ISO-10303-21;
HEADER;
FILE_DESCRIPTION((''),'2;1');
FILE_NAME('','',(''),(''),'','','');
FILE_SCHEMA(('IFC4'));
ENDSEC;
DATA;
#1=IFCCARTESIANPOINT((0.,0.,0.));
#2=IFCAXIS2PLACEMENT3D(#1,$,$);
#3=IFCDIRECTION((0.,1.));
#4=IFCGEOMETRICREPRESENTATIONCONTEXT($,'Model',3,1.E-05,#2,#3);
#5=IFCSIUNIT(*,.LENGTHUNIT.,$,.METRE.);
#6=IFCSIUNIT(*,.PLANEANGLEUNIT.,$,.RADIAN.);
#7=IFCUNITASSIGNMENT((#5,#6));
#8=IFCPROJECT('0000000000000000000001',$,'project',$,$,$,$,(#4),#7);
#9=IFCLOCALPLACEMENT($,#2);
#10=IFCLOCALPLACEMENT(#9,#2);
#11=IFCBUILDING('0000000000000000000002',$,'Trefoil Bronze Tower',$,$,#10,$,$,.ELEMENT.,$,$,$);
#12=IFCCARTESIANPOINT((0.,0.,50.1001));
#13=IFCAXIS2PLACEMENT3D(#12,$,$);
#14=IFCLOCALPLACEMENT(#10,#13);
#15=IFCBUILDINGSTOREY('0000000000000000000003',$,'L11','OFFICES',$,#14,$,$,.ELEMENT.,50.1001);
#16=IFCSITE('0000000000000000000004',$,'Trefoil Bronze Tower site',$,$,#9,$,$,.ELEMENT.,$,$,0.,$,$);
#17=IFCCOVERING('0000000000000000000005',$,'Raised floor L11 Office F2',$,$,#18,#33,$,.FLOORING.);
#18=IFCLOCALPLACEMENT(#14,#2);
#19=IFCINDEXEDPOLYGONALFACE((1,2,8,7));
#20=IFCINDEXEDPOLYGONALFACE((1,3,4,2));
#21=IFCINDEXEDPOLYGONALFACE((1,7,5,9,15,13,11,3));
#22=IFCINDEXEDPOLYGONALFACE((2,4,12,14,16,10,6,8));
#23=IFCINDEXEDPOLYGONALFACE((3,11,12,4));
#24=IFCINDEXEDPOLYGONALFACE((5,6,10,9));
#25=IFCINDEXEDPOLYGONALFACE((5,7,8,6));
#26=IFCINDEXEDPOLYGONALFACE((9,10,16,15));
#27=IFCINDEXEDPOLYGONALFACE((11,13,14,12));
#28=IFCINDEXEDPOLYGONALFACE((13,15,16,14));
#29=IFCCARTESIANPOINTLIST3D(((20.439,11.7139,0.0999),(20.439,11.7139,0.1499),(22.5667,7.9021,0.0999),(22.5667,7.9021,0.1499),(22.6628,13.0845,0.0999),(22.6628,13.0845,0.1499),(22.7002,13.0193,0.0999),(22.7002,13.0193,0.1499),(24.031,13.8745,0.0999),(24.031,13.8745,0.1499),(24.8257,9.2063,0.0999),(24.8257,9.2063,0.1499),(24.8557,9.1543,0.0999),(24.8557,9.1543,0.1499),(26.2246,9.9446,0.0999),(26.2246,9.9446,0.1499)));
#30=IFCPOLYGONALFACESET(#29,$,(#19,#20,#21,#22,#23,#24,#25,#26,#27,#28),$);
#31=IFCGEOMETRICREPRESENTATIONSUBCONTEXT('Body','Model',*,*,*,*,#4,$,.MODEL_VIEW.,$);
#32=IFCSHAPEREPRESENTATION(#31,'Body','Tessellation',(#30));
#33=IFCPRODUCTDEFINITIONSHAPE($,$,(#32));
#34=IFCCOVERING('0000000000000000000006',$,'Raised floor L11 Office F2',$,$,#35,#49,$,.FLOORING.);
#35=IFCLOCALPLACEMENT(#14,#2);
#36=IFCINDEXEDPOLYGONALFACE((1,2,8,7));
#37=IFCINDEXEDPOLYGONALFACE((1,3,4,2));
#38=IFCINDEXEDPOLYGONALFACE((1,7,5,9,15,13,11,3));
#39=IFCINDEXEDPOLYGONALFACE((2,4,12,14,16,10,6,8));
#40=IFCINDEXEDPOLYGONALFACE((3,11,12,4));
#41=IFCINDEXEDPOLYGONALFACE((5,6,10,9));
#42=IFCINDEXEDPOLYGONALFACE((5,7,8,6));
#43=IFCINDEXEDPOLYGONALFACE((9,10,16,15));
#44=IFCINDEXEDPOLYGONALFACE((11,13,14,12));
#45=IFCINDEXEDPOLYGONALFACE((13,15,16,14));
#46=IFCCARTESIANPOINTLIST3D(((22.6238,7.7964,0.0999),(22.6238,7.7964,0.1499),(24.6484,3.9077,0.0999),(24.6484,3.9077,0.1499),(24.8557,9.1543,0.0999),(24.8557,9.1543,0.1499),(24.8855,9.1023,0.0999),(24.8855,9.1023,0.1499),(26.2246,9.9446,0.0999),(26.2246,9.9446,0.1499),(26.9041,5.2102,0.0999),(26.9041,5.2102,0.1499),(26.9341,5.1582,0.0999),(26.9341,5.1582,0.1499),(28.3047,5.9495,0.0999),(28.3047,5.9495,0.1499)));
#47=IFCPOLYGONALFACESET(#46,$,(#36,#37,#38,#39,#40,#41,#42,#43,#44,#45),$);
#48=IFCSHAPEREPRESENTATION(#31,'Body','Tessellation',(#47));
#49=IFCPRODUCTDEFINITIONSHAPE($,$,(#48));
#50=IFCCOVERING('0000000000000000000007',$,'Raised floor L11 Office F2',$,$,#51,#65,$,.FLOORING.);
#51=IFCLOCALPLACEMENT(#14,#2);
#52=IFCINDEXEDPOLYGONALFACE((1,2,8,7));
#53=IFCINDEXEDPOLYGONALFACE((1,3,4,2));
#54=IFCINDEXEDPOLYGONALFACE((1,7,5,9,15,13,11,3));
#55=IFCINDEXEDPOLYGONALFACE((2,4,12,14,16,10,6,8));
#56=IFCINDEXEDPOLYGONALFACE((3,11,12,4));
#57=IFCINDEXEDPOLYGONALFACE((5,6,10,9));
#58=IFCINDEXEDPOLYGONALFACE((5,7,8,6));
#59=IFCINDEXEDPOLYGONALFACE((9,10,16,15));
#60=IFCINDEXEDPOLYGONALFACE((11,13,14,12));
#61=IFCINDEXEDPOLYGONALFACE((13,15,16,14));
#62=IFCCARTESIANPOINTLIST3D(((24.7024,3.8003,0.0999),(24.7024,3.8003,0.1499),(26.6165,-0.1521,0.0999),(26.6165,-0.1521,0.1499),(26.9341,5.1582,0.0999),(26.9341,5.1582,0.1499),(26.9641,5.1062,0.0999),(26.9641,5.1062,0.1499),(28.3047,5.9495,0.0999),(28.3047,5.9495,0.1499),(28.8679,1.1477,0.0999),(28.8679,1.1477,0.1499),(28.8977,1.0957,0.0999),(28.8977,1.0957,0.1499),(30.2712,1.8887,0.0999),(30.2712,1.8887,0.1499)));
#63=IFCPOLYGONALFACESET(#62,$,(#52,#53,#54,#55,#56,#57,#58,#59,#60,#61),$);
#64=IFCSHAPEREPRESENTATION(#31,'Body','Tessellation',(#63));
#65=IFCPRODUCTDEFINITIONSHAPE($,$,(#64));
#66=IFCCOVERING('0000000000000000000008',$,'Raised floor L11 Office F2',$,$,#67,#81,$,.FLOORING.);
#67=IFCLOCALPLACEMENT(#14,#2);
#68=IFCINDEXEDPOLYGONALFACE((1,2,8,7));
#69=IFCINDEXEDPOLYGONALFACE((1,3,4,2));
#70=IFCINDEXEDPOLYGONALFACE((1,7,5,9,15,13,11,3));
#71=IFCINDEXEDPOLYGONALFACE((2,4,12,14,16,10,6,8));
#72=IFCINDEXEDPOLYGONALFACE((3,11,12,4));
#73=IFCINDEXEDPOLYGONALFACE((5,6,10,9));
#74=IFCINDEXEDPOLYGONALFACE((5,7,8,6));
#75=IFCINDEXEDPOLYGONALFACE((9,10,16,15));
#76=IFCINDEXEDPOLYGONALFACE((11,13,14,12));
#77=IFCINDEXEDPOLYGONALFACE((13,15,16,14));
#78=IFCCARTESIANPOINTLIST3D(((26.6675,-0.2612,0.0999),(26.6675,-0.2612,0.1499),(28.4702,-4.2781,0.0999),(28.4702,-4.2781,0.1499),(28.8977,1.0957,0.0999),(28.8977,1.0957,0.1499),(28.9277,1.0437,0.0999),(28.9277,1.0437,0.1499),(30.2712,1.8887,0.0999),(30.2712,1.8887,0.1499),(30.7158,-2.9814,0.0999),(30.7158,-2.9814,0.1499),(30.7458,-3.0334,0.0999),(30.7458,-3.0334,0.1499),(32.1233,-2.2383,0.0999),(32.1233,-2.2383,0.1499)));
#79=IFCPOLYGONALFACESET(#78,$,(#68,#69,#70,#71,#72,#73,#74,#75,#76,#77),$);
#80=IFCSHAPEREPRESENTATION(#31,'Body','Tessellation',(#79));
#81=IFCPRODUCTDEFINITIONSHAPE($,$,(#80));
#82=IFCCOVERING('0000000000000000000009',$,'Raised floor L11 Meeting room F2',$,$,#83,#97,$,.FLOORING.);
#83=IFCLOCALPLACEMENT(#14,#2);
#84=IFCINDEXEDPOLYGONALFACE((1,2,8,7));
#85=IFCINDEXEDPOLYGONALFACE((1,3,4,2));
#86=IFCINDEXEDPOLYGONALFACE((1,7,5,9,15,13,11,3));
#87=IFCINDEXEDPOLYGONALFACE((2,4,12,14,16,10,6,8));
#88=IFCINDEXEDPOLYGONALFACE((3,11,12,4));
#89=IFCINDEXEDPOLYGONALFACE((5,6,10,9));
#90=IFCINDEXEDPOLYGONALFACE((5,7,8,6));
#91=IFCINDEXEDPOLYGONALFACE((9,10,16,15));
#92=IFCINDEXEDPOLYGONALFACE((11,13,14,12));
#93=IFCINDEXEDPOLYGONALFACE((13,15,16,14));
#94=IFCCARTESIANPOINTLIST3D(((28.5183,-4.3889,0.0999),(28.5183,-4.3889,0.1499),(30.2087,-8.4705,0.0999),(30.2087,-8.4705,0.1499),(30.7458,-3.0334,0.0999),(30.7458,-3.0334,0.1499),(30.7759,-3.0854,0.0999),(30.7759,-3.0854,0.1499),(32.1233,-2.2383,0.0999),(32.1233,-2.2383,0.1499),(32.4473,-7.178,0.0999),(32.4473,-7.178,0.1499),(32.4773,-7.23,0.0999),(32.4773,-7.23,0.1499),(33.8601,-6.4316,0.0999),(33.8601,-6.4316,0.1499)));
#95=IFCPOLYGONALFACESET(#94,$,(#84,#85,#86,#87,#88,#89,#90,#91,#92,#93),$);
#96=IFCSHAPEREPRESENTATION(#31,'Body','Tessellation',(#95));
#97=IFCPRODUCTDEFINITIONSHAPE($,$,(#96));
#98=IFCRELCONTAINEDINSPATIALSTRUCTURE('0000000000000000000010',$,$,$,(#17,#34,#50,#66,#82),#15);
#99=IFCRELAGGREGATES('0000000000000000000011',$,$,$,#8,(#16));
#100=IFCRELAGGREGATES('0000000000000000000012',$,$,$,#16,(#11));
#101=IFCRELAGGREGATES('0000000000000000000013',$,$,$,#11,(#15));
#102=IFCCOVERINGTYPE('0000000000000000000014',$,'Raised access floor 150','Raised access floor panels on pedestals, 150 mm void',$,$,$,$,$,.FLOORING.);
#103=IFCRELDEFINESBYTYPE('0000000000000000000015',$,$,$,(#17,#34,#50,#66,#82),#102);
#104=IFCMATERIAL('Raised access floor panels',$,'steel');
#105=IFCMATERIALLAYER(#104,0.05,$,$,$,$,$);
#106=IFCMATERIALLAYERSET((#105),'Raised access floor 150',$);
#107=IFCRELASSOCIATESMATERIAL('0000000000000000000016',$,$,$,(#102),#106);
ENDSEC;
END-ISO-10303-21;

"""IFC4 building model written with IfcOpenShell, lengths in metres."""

from ifc_helpers import new_model, si_unit, direction, frame, origin, place, context, subcontext, project, spatial, polyline, outline, extrude, material, layer, layer_set, type_object, element, save


model = new_model("IFC4")

# Units and contexts
model_context = context("Model", 3, precision=1e-05, world=origin(), true_north=direction((0.0, 1.0)))
body_context = subcontext(model_context, "Body", "Model", "MODEL_VIEW")
ifc_project = project(units=[si_unit("LENGTHUNIT", "METRE"), si_unit("PLANEANGLEUNIT", "RADIAN")], contexts=[model_context])

# Site, building, storey
site_placement = place(None, origin())
site = spatial("IfcSite", under=ifc_project, at=site_placement, Name="Trefoil Bronze Tower site", CompositionType="ELEMENT", RefElevation=0.0)
building_placement = place(site_placement, origin())
building = spatial("IfcBuilding", under=site, at=building_placement, Name="Trefoil Bronze Tower", CompositionType="ELEMENT")
storey_placement = place(building_placement, frame((0.0, 0.0, 50.1001)))
storey = spatial("IfcBuildingStorey", under=building, at=storey_placement, Name="L11", Description="OFFICES", CompositionType="ELEMENT", Elevation=50.1001)

# Coverings
ifc_material_1 = material(Name="Raised access floor panels", Category="steel")
ifc_layer_1 = layer(ifc_material_1, 0.05)
ifc_layer_set_1 = layer_set([ifc_layer_1], Name="Raised access floor 150")
covering_type_1 = type_object("IfcCoveringType", Name="Raised access floor 150", Description="Raised access floor panels on pedestals, 150 mm void", PredefinedType="FLOORING", material=ifc_layer_set_1)
covering_1_placement = place(storey_placement, frame((0.0, 0.0, 0.0999)))
element("IfcCovering", 1, at=covering_1_placement, inside=storey, type_object=covering_type_1, Name="Raised floor L11 Office F2", PredefinedType="FLOORING", context=body_context, shape_type="SweptSolid", body=[
    extrude(outline(polyline([(24.031, 13.8745), (26.2246, 9.9446), (24.8557, 9.1543), (24.8257, 9.2063), (22.5667, 7.9021), (20.439, 11.7139), (22.7002, 13.0193), (22.6628, 13.0845), (24.031, 13.8745)])), origin(), (0.0, 0.0, 1.0), 0.05),
])
covering_2_placement = place(storey_placement, frame((0.0, 0.0, 0.0999)))
element("IfcCovering", 2, at=covering_2_placement, inside=storey, type_object=covering_type_1, Name="Raised floor L11 Office F2", PredefinedType="FLOORING", context=body_context, shape_type="SweptSolid", body=[
    extrude(outline(polyline([(26.2246, 9.9446), (28.3047, 5.9495), (26.9341, 5.1582), (26.9041, 5.2102), (24.6484, 3.9077), (22.6238, 7.7964), (24.8855, 9.1023), (24.8557, 9.1543), (26.2246, 9.9446)])), origin(), (0.0, 0.0, 1.0), 0.05),
])
covering_3_placement = place(storey_placement, frame((0.0, 0.0, 0.0999)))
element("IfcCovering", 3, at=covering_3_placement, inside=storey, type_object=covering_type_1, Name="Raised floor L11 Office F2", PredefinedType="FLOORING", context=body_context, shape_type="SweptSolid", body=[
    extrude(outline(polyline([(28.3047, 5.9495), (30.2712, 1.8887), (28.8977, 1.0957), (28.8679, 1.1477), (26.6165, -0.1521), (24.7024, 3.8003), (26.9641, 5.1062), (26.9341, 5.1582), (28.3047, 5.9495)])), origin(), (0.0, 0.0, 1.0), 0.05),
])
covering_4_placement = place(storey_placement, frame((0.0, 0.0, 0.0999)))
element("IfcCovering", 4, at=covering_4_placement, inside=storey, type_object=covering_type_1, Name="Raised floor L11 Office F2", PredefinedType="FLOORING", context=body_context, shape_type="SweptSolid", body=[
    extrude(outline(polyline([(32.1233, -2.2383), (30.7458, -3.0334), (30.7158, -2.9814), (28.4702, -4.2781), (26.6675, -0.2612), (28.9277, 1.0437), (28.8977, 1.0957), (30.2712, 1.8887), (32.1233, -2.2383)])), origin(), (0.0, 0.0, 1.0), 0.05),
])
covering_5_placement = place(storey_placement, frame((0.0, 0.0, 0.0999)))
element("IfcCovering", 5, at=covering_5_placement, inside=storey, type_object=covering_type_1, Name="Raised floor L11 Meeting room F2", PredefinedType="FLOORING", context=body_context, shape_type="SweptSolid", body=[
    extrude(outline(polyline([(32.1233, -2.2383), (33.8601, -6.4316), (32.4773, -7.23), (32.4473, -7.178), (30.2087, -8.4705), (28.5183, -4.3889), (30.7759, -3.0854), (30.7458, -3.0334), (32.1233, -2.2383)])), origin(), (0.0, 0.0, 1.0), 0.05),
])

save(model, "model.ifc")
